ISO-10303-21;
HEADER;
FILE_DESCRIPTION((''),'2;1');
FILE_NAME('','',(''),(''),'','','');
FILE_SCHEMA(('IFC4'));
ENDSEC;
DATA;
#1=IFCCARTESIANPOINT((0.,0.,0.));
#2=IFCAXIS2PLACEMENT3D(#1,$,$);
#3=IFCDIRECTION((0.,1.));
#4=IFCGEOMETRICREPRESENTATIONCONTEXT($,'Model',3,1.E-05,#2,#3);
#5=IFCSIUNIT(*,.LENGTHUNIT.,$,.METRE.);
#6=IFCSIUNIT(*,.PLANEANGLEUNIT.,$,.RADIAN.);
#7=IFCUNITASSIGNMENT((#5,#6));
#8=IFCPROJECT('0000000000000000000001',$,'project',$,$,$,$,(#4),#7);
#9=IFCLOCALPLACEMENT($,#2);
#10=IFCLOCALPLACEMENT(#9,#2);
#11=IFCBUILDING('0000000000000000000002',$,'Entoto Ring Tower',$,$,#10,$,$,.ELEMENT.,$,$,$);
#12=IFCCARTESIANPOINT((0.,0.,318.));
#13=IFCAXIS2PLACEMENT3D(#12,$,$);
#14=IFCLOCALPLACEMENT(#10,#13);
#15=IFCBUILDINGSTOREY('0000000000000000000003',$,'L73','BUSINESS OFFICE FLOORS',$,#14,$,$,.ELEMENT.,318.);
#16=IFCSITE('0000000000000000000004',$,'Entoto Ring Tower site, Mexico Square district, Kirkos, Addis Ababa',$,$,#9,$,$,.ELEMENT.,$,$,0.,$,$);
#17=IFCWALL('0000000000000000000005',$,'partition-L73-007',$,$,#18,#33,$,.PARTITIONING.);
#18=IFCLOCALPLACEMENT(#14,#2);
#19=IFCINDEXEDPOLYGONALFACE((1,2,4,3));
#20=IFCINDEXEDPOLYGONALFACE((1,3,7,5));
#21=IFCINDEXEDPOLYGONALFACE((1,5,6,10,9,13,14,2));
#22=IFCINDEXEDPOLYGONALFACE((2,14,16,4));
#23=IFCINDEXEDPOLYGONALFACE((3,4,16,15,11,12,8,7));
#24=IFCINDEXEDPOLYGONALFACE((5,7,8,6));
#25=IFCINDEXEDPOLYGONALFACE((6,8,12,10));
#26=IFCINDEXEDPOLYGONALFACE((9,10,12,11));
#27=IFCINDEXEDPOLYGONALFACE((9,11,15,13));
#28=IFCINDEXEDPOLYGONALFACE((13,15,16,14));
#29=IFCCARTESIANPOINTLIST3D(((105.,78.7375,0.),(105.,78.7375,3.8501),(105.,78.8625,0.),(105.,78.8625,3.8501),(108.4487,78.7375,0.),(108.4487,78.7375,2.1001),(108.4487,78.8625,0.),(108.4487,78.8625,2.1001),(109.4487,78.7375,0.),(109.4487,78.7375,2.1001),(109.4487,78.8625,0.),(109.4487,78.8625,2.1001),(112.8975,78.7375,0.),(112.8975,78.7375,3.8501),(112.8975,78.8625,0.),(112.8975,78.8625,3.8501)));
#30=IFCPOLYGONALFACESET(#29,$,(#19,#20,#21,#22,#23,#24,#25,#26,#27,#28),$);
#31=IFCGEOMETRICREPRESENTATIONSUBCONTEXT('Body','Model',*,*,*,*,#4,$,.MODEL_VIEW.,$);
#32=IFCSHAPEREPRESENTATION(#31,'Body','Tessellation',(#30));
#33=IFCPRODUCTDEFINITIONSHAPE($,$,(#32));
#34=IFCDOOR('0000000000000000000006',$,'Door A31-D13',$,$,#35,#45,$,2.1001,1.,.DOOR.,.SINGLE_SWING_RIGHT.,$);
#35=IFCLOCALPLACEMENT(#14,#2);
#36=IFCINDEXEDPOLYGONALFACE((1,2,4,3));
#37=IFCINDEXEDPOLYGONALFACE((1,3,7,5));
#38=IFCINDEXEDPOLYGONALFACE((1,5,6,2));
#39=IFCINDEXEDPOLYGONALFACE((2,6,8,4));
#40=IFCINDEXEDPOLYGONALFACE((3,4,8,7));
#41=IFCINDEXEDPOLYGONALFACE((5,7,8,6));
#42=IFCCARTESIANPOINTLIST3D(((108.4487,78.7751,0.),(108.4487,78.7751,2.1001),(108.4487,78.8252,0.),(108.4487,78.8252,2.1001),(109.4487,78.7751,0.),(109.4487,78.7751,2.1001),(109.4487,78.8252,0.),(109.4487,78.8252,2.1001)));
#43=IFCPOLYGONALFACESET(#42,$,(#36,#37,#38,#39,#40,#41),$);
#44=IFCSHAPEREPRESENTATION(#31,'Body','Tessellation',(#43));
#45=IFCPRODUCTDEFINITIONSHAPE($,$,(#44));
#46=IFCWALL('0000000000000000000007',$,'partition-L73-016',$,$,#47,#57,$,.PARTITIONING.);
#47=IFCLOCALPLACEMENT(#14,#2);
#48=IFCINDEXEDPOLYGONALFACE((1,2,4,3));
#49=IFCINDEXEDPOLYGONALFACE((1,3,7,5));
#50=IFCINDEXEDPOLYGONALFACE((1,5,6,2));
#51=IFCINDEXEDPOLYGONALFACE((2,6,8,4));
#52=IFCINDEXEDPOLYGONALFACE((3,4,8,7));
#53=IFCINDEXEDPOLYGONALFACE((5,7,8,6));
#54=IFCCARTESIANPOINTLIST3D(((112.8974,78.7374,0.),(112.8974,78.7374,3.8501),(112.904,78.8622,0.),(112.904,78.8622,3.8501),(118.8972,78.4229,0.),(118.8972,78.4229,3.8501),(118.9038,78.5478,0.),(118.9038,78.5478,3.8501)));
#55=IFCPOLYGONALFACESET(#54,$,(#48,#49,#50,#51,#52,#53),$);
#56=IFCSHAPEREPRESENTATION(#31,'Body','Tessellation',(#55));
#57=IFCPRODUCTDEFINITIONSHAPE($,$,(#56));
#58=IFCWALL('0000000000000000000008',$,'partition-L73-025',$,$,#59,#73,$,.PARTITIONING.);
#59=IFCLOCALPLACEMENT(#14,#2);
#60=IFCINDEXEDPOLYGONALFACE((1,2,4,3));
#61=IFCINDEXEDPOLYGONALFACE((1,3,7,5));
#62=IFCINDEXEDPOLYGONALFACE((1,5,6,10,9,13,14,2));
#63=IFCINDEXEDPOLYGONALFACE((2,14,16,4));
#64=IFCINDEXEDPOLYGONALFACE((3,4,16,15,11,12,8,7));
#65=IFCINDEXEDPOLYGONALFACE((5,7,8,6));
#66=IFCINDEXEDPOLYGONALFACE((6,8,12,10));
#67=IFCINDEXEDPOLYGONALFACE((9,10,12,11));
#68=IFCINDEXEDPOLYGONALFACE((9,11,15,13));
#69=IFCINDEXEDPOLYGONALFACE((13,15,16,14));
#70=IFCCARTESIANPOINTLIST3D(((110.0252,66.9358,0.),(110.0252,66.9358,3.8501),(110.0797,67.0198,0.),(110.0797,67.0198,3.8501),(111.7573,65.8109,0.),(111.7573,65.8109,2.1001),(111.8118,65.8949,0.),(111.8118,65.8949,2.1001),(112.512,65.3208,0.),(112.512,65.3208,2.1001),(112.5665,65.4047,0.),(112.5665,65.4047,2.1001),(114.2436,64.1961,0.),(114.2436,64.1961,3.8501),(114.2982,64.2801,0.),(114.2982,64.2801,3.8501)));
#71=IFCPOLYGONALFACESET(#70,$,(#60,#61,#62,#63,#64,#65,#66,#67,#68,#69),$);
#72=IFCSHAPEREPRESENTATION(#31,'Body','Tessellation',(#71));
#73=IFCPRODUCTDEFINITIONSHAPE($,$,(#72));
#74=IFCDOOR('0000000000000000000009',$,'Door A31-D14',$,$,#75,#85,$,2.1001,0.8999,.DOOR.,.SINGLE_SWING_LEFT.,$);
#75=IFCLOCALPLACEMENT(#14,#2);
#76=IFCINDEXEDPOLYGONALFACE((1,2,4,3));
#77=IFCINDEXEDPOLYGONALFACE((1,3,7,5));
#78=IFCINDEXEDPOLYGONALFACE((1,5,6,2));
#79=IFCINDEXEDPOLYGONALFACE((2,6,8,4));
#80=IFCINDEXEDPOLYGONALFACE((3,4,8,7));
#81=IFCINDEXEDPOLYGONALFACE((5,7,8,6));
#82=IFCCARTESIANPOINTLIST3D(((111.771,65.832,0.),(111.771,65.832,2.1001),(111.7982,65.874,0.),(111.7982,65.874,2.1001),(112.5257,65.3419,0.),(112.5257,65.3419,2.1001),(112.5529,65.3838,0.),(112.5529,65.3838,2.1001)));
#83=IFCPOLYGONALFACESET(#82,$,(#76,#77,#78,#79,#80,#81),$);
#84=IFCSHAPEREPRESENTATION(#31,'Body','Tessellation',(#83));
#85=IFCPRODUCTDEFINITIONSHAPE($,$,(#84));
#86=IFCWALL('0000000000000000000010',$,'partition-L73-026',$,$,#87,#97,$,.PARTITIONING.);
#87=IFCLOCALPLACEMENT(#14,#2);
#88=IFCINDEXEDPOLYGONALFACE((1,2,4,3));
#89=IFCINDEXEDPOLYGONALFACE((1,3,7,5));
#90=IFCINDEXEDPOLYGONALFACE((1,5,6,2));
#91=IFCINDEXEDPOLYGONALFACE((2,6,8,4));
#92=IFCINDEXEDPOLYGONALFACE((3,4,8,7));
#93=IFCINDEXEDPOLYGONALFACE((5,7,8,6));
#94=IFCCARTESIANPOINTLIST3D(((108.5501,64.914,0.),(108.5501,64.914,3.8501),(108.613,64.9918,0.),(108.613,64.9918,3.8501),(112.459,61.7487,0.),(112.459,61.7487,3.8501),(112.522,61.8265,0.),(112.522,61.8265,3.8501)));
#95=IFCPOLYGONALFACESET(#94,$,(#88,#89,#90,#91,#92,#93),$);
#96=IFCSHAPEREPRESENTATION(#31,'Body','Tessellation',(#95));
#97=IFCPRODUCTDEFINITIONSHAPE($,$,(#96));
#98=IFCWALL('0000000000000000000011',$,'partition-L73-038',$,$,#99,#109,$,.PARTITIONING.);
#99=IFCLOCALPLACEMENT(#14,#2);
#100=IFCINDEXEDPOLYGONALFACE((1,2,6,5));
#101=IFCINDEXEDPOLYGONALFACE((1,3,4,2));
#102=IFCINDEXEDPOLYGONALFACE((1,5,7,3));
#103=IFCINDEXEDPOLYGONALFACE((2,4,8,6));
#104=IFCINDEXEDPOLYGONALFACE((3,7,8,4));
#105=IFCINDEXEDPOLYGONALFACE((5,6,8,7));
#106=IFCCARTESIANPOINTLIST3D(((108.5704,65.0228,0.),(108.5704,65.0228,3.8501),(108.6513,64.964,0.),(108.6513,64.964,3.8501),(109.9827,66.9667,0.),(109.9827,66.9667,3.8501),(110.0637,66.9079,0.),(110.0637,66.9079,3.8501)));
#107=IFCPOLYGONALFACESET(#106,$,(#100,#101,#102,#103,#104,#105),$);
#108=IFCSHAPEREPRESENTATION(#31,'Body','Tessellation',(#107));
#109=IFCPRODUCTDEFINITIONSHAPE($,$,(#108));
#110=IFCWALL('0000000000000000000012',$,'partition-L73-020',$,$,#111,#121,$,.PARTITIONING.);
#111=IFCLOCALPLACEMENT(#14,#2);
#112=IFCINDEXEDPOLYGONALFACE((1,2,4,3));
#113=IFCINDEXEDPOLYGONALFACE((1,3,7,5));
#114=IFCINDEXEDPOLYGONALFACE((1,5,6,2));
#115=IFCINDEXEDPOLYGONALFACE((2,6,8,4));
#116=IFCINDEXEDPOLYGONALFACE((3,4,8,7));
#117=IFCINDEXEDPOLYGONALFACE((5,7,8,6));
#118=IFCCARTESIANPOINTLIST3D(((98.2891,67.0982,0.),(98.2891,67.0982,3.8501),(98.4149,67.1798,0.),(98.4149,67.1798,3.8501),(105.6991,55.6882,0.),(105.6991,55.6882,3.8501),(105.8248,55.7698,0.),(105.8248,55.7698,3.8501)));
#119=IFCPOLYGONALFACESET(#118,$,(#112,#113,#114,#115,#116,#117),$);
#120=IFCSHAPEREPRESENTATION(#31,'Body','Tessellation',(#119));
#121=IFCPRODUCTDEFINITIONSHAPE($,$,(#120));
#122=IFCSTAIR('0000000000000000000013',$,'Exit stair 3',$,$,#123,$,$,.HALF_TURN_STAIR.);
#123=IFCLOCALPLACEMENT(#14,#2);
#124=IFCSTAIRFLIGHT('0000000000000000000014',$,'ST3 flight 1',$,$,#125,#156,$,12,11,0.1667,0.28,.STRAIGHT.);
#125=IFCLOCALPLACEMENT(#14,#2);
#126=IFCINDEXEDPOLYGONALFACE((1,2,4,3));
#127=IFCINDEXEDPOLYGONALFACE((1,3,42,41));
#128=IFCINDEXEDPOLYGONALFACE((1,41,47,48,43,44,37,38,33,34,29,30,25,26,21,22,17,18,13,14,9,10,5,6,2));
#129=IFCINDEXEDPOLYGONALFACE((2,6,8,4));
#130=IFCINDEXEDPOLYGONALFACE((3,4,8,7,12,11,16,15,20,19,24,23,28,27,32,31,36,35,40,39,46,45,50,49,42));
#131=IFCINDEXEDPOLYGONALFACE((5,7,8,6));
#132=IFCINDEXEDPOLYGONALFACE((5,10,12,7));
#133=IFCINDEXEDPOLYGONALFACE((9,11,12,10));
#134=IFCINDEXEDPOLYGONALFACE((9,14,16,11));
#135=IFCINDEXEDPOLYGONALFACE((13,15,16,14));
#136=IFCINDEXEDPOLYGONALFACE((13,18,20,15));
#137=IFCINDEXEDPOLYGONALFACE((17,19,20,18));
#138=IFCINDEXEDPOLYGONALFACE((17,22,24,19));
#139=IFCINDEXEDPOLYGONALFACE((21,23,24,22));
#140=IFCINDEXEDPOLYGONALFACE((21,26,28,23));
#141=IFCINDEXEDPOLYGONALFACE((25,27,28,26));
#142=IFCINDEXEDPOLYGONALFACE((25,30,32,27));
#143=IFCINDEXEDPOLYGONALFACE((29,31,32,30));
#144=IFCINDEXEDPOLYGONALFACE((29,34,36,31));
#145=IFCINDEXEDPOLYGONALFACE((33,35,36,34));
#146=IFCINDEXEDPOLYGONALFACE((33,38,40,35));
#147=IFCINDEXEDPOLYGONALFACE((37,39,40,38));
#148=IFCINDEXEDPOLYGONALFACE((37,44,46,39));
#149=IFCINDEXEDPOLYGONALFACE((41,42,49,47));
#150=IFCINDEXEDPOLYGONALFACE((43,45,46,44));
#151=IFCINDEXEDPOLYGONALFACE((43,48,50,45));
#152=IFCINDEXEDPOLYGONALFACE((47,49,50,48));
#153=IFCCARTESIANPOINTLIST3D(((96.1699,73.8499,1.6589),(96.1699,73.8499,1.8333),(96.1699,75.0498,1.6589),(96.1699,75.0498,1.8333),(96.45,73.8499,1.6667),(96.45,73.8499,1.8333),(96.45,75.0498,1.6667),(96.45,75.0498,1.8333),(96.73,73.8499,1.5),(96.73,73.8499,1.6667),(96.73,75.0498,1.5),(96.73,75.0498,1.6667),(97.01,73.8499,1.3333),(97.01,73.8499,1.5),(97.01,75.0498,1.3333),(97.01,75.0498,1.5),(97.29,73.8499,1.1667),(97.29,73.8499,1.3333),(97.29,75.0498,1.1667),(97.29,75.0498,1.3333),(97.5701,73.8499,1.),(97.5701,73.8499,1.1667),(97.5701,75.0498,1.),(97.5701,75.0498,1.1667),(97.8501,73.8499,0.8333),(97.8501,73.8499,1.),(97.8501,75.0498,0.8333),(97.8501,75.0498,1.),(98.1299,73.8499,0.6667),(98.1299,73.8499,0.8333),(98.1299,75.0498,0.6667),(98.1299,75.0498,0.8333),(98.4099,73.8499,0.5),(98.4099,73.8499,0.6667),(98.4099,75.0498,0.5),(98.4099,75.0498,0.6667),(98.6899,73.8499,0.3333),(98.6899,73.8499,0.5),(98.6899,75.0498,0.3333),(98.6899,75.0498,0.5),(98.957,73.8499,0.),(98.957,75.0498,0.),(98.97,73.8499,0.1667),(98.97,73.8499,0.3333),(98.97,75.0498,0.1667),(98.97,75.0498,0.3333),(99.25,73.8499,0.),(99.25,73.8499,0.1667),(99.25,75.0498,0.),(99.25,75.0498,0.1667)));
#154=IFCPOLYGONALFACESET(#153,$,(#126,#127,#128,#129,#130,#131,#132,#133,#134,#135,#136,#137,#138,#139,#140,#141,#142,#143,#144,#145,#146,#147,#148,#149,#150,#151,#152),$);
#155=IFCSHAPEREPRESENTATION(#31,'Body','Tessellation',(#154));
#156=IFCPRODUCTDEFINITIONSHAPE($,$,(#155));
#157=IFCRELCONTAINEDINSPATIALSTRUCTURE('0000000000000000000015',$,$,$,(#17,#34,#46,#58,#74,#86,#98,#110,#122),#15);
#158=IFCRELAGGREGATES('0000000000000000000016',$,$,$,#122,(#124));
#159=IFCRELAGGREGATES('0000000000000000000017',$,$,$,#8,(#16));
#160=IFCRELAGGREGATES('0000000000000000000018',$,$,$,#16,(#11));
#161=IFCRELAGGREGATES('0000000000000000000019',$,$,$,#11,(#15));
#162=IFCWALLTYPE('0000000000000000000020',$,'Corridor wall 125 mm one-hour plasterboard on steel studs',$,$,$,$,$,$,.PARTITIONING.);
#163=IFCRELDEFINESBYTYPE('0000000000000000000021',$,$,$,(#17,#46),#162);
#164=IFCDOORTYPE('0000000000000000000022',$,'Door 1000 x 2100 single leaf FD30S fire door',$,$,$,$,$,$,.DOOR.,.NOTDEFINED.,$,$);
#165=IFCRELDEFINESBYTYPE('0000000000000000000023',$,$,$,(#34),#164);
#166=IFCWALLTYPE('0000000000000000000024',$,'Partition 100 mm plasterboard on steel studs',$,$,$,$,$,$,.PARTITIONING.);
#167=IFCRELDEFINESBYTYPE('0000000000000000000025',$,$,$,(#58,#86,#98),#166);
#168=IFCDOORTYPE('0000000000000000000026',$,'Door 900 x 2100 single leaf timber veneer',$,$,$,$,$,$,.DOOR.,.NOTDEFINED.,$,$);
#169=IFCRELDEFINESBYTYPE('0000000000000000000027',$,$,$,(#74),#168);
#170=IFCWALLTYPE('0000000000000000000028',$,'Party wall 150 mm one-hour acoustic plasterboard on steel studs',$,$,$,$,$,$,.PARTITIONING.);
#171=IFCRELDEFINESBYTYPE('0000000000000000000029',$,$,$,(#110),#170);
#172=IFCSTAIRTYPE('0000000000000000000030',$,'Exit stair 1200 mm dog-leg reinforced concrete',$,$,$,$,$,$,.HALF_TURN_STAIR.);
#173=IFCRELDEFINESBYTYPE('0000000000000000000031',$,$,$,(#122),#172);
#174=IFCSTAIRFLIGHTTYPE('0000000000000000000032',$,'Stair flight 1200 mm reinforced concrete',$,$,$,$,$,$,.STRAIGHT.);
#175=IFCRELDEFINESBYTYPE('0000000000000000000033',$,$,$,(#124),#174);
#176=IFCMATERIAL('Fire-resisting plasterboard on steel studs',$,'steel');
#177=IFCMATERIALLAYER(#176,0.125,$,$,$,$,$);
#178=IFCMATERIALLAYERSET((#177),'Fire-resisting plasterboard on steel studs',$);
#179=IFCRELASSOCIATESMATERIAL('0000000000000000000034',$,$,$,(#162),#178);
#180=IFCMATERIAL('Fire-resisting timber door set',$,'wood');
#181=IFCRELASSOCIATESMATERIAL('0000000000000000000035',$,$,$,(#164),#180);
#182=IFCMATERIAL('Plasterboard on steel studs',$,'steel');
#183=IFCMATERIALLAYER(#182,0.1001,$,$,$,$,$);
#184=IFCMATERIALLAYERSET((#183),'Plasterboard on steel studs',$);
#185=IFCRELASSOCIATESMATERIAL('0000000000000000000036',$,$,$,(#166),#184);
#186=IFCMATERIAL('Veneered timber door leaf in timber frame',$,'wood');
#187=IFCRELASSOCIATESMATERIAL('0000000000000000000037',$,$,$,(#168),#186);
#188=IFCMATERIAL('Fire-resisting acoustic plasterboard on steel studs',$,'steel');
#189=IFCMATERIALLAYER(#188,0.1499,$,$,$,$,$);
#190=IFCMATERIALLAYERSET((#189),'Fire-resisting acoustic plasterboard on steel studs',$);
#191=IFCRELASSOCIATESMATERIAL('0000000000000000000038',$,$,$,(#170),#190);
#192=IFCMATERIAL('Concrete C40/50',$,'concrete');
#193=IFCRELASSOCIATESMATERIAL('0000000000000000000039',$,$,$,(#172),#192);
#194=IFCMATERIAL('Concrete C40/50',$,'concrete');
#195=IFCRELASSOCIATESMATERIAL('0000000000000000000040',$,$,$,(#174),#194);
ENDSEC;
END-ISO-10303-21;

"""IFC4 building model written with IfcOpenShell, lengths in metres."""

from ifc_helpers import new_model, si_unit, direction, frame, frame_2d, origin, place, context, subcontext, project, spatial, polyline, rectangle, outline, extrude, material, layer, layer_set, type_object, element, fill, aggregate, save


model = new_model("IFC4")

# Units and contexts
model_context = context("Model", 3, precision=1e-05, world=origin(), true_north=direction((0.0, 1.0)))
body_context = subcontext(model_context, "Body", "Model", "MODEL_VIEW")
ifc_project = project(units=[si_unit("LENGTHUNIT", "METRE"), si_unit("PLANEANGLEUNIT", "RADIAN")], contexts=[model_context])

# Site, building, storey
site_placement = place(None, origin())
site = spatial("IfcSite", under=ifc_project, at=site_placement, Name="Entoto Ring Tower site, Mexico Square district, Kirkos, Addis Ababa", CompositionType="ELEMENT", RefElevation=0.0)
building_placement = place(site_placement, origin())
building = spatial("IfcBuilding", under=site, at=building_placement, Name="Entoto Ring Tower", CompositionType="ELEMENT")
storey_placement = place(building_placement, frame((0.0, 0.0, 318.0)))
storey = spatial("IfcBuildingStorey", under=building, at=storey_placement, Name="L73", Description="BUSINESS OFFICE FLOORS", CompositionType="ELEMENT", Elevation=318.0)

# Wall, opening, door
ifc_material_1 = material(Name="Fire-resisting plasterboard on steel studs", Category="steel")
ifc_layer_1 = layer(ifc_material_1, 0.125)
ifc_layer_set_1 = layer_set([ifc_layer_1], Name="Fire-resisting plasterboard on steel studs")
wall_type_1 = type_object("IfcWallType", Name="Corridor wall 125 mm one-hour plasterboard on steel studs", PredefinedType="PARTITIONING", material=ifc_layer_set_1)
wall_1_placement = place(storey_placement, frame((105.0, 78.8, 0.0), z_axis=(0.0, 0.0, 1.0), x_axis=(1.0, 0.0, 0.0)))
wall_1 = element("IfcWall", 1, at=wall_1_placement, inside=storey, type_object=wall_type_1, Name="partition-L73-007", PredefinedType="PARTITIONING", context=body_context, shape_type="SweptSolid", body=[
    extrude(rectangle(XDim=7.8975, YDim=0.125, at=frame_2d((3.9487, 0.0))), origin(), (0.0, 0.0, 1.0), 3.8501),
])
opening_1_placement = place(wall_1_placement, frame((3.4487, 0.0, 0.0)))
opening_1 = element("IfcOpeningElement", 2, at=opening_1_placement, cuts=wall_1, PredefinedType="OPENING", context=body_context, shape_type="SweptSolid", body=[
    extrude(rectangle(XDim=1.0, YDim=2.1001, at=frame_2d((0.5, 1.05))), frame((0.0, 0.0725, 0.0), z_axis=(0.0, -1.0, 0.0), x_axis=(1.0, 0.0, 0.0)), (0.0, 0.0, 1.0), 0.145),
])
ifc_material_2 = material(Name="Fire-resisting timber door set", Category="wood")
door_type_1 = type_object("IfcDoorType", Name="Door 1000 x 2100 single leaf FD30S fire door", OperationType="NOTDEFINED", PredefinedType="DOOR", material=ifc_material_2)
door_1_placement = place(opening_1_placement, frame((1.0, 0.0, 0.0), z_axis=(0.0, 0.0, 1.0), x_axis=(-1.0, 0.0, 0.0)))
door_1 = element("IfcDoor", 3, at=door_1_placement, inside=storey, type_object=door_type_1, Name="Door A31-D13", OperationType="SINGLE_SWING_RIGHT", OverallHeight=2.1001, OverallWidth=1.0, PredefinedType="DOOR", context=body_context, shape_type="SweptSolid", body=[
    extrude(rectangle(XDim=1.0, YDim=2.1001, at=frame_2d((0.5, 1.05))), frame((0.0, 0.0249, 0.0), z_axis=(0.0, -1.0, 0.0), x_axis=(1.0, 0.0, 0.0)), (0.0, 0.0, 1.0), 0.05),
])
fill(opening_1, door_1)

# Wall
wall_2_placement = place(storey_placement, frame((118.9004, 78.4854, 0.0), z_axis=(0.0, 0.0, 1.0), x_axis=(-0.998629, 0.052339, 0.0)))
element("IfcWall", 4, at=wall_2_placement, inside=storey, type_object=wall_type_1, Name="partition-L73-016", PredefinedType="PARTITIONING", context=body_context, shape_type="SweptSolid", body=[
    extrude(rectangle(XDim=6.0081, YDim=0.125, at=frame_2d((3.0039, 0.0))), origin(), (0.0, 0.0, 1.0), 3.8501),
])

# Wall, opening, door
ifc_material_3 = material(Name="Plasterboard on steel studs", Category="steel")
ifc_layer_2 = layer(ifc_material_3, 0.1001)
ifc_layer_set_2 = layer_set([ifc_layer_2], Name="Plasterboard on steel studs")
wall_type_2 = type_object("IfcWallType", Name="Partition 100 mm plasterboard on steel studs", PredefinedType="PARTITIONING", material=ifc_layer_set_2)
wall_3_placement = place(storey_placement, frame((114.271, 64.238, 0.0), z_axis=(0.0, 0.0, 1.0), x_axis=(-0.838651, 0.544669, 0.0)))
wall_3 = element("IfcWall", 5, at=wall_3_placement, inside=storey, type_object=wall_type_2, Name="partition-L73-025", PredefinedType="PARTITIONING", context=body_context, shape_type="SweptSolid", body=[
    extrude(rectangle(XDim=5.03, YDim=0.1001, at=frame_2d((2.5151, 0.0))), origin(), (0.0, 0.0, 1.0), 3.8501),
])
opening_2_placement = place(wall_3_placement, frame((2.0649, 0.0, 0.0)))
opening_2 = element("IfcOpeningElement", 6, at=opening_2_placement, cuts=wall_3, PredefinedType="OPENING", context=body_context, shape_type="SweptSolid", body=[
    extrude(rectangle(XDim=0.8999, YDim=2.1001, at=frame_2d((0.45, 1.05))), frame((0.0, 0.0601, 0.0), z_axis=(0.0, -1.0, 0.0), x_axis=(1.0, 0.0, 0.0)), (0.0, 0.0, 1.0), 0.1201),
])
ifc_material_4 = material(Name="Veneered timber door leaf in timber frame", Category="wood")
door_type_2 = type_object("IfcDoorType", Name="Door 900 x 2100 single leaf timber veneer", OperationType="NOTDEFINED", PredefinedType="DOOR", material=ifc_material_4)
door_2_placement = place(opening_2_placement, origin())
door_2 = element("IfcDoor", 7, at=door_2_placement, inside=storey, type_object=door_type_2, Name="Door A31-D14", OperationType="SINGLE_SWING_LEFT", OverallHeight=2.1001, OverallWidth=0.8999, PredefinedType="DOOR", context=body_context, shape_type="SweptSolid", body=[
    extrude(rectangle(XDim=0.8999, YDim=2.1001, at=frame_2d((0.45, 1.05))), frame((0.0, 0.0249, 0.0), z_axis=(0.0, -1.0, 0.0), x_axis=(1.0, 0.0, 0.0)), (0.0, 0.0, 1.0), 0.05),
])
fill(opening_2, door_2)

# Walls
wall_4_placement = place(storey_placement, frame((112.4905, 61.7876, 0.0), z_axis=(0.0, 0.0, 1.0), x_axis=(-0.777157, 0.629307, 0.0)))
element("IfcWall", 8, at=wall_4_placement, inside=storey, type_object=wall_type_2, Name="partition-L73-026", PredefinedType="PARTITIONING", context=body_context, shape_type="SweptSolid", body=[
    extrude(rectangle(XDim=5.0298, YDim=0.1001, at=frame_2d((2.5149, 0.0))), origin(), (0.0, 0.0, 1.0), 3.8501),
])
wall_5_placement = place(storey_placement, frame((108.6108, 64.9934, 0.0), z_axis=(0.0, 0.0, 1.0), x_axis=(0.587803, 0.809004, 0.0)))
element("IfcWall", 9, at=wall_5_placement, inside=storey, type_object=wall_type_2, Name="partition-L73-038", PredefinedType="PARTITIONING", context=body_context, shape_type="SweptSolid", body=[
    extrude(rectangle(XDim=2.4028, YDim=0.1001, at=frame_2d((1.2014, 0.0))), origin(), (0.0, 0.0, 1.0), 3.8501),
])
ifc_material_5 = material(Name="Fire-resisting acoustic plasterboard on steel studs", Category="steel")
ifc_layer_3 = layer(ifc_material_5, 0.1499)
ifc_layer_set_3 = layer_set([ifc_layer_3], Name="Fire-resisting acoustic plasterboard on steel studs")
wall_type_3 = type_object("IfcWallType", Name="Party wall 150 mm one-hour acoustic plasterboard on steel studs", PredefinedType="PARTITIONING", material=ifc_layer_set_3)
wall_6_placement = place(storey_placement, frame((105.762, 55.729, 0.0), z_axis=(0.0, 0.0, 1.0), x_axis=(-0.544651, 0.838663, 0.0)))
element("IfcWall", 10, at=wall_6_placement, inside=storey, type_object=wall_type_3, Name="partition-L73-020", PredefinedType="PARTITIONING", context=body_context, shape_type="SweptSolid", body=[
    extrude(rectangle(XDim=13.605, YDim=0.1499, at=frame_2d((6.8025, 0.0))), origin(), (0.0, 0.0, 1.0), 3.8501),
])

# Stair, stair flight
ifc_material_6 = material(Name="Concrete C40/50", Category="concrete")
stair_type = type_object("IfcStairType", Name="Exit stair 1200 mm dog-leg reinforced concrete", PredefinedType="HALF_TURN_STAIR", material=ifc_material_6)
stair_placement = place(storey_placement, origin())
stair = element("IfcStair", 11, at=stair_placement, inside=storey, type_object=stair_type, Name="Exit stair 3", PredefinedType="HALF_TURN_STAIR")
ifc_material_7 = material(Name="Concrete C40/50", Category="concrete")
stair_flight_type = type_object("IfcStairFlightType", Name="Stair flight 1200 mm reinforced concrete", PredefinedType="STRAIGHT", material=ifc_material_7)
stair_flight_placement = place(storey_placement, frame((99.25, 74.45, 0.0), z_axis=(0.0, 0.0, 1.0), x_axis=(-1.0, 0.0, 0.0)))
stair_flight = element("IfcStairFlight", 12, at=stair_flight_placement, type_object=stair_flight_type, Name="ST3 flight 1", NumberOfRisers=12, NumberOfTreads=11, PredefinedType="STRAIGHT", RiserHeight=0.1667, TreadLength=0.28, context=body_context, shape_type="SweptSolid", body=[
    extrude(outline(polyline([(0.0, 0.0), (0.0, 0.1667), (0.28, 0.1667), (0.28, 0.3333), (0.5601, 0.3333), (0.5601, 0.5), (0.8401, 0.5), (0.8401, 0.6667), (1.1201, 0.6667), (1.1201, 0.8333), (1.3999, 0.8333), (1.3999, 1.0), (1.6799, 1.0), (1.6799, 1.1667), (1.96, 1.1667), (1.96, 1.3333), (2.24, 1.3333), (2.24, 1.5), (2.52, 1.5), (2.52, 1.6667), (2.8, 1.6667), (2.8, 1.8333), (3.0801, 1.8333), (3.0801, 2.0), (3.0801, 1.6589), (0.293, 0.0), (0.0, 0.0)])), frame((0.0, 0.6001, 0.0), z_axis=(0.0, -1.0, 0.0), x_axis=(1.0, 0.0, 0.0)), (0.0, 0.0, 1.0), 1.2),
])
aggregate(stair, [stair_flight])

save(model, "model.ifc")
